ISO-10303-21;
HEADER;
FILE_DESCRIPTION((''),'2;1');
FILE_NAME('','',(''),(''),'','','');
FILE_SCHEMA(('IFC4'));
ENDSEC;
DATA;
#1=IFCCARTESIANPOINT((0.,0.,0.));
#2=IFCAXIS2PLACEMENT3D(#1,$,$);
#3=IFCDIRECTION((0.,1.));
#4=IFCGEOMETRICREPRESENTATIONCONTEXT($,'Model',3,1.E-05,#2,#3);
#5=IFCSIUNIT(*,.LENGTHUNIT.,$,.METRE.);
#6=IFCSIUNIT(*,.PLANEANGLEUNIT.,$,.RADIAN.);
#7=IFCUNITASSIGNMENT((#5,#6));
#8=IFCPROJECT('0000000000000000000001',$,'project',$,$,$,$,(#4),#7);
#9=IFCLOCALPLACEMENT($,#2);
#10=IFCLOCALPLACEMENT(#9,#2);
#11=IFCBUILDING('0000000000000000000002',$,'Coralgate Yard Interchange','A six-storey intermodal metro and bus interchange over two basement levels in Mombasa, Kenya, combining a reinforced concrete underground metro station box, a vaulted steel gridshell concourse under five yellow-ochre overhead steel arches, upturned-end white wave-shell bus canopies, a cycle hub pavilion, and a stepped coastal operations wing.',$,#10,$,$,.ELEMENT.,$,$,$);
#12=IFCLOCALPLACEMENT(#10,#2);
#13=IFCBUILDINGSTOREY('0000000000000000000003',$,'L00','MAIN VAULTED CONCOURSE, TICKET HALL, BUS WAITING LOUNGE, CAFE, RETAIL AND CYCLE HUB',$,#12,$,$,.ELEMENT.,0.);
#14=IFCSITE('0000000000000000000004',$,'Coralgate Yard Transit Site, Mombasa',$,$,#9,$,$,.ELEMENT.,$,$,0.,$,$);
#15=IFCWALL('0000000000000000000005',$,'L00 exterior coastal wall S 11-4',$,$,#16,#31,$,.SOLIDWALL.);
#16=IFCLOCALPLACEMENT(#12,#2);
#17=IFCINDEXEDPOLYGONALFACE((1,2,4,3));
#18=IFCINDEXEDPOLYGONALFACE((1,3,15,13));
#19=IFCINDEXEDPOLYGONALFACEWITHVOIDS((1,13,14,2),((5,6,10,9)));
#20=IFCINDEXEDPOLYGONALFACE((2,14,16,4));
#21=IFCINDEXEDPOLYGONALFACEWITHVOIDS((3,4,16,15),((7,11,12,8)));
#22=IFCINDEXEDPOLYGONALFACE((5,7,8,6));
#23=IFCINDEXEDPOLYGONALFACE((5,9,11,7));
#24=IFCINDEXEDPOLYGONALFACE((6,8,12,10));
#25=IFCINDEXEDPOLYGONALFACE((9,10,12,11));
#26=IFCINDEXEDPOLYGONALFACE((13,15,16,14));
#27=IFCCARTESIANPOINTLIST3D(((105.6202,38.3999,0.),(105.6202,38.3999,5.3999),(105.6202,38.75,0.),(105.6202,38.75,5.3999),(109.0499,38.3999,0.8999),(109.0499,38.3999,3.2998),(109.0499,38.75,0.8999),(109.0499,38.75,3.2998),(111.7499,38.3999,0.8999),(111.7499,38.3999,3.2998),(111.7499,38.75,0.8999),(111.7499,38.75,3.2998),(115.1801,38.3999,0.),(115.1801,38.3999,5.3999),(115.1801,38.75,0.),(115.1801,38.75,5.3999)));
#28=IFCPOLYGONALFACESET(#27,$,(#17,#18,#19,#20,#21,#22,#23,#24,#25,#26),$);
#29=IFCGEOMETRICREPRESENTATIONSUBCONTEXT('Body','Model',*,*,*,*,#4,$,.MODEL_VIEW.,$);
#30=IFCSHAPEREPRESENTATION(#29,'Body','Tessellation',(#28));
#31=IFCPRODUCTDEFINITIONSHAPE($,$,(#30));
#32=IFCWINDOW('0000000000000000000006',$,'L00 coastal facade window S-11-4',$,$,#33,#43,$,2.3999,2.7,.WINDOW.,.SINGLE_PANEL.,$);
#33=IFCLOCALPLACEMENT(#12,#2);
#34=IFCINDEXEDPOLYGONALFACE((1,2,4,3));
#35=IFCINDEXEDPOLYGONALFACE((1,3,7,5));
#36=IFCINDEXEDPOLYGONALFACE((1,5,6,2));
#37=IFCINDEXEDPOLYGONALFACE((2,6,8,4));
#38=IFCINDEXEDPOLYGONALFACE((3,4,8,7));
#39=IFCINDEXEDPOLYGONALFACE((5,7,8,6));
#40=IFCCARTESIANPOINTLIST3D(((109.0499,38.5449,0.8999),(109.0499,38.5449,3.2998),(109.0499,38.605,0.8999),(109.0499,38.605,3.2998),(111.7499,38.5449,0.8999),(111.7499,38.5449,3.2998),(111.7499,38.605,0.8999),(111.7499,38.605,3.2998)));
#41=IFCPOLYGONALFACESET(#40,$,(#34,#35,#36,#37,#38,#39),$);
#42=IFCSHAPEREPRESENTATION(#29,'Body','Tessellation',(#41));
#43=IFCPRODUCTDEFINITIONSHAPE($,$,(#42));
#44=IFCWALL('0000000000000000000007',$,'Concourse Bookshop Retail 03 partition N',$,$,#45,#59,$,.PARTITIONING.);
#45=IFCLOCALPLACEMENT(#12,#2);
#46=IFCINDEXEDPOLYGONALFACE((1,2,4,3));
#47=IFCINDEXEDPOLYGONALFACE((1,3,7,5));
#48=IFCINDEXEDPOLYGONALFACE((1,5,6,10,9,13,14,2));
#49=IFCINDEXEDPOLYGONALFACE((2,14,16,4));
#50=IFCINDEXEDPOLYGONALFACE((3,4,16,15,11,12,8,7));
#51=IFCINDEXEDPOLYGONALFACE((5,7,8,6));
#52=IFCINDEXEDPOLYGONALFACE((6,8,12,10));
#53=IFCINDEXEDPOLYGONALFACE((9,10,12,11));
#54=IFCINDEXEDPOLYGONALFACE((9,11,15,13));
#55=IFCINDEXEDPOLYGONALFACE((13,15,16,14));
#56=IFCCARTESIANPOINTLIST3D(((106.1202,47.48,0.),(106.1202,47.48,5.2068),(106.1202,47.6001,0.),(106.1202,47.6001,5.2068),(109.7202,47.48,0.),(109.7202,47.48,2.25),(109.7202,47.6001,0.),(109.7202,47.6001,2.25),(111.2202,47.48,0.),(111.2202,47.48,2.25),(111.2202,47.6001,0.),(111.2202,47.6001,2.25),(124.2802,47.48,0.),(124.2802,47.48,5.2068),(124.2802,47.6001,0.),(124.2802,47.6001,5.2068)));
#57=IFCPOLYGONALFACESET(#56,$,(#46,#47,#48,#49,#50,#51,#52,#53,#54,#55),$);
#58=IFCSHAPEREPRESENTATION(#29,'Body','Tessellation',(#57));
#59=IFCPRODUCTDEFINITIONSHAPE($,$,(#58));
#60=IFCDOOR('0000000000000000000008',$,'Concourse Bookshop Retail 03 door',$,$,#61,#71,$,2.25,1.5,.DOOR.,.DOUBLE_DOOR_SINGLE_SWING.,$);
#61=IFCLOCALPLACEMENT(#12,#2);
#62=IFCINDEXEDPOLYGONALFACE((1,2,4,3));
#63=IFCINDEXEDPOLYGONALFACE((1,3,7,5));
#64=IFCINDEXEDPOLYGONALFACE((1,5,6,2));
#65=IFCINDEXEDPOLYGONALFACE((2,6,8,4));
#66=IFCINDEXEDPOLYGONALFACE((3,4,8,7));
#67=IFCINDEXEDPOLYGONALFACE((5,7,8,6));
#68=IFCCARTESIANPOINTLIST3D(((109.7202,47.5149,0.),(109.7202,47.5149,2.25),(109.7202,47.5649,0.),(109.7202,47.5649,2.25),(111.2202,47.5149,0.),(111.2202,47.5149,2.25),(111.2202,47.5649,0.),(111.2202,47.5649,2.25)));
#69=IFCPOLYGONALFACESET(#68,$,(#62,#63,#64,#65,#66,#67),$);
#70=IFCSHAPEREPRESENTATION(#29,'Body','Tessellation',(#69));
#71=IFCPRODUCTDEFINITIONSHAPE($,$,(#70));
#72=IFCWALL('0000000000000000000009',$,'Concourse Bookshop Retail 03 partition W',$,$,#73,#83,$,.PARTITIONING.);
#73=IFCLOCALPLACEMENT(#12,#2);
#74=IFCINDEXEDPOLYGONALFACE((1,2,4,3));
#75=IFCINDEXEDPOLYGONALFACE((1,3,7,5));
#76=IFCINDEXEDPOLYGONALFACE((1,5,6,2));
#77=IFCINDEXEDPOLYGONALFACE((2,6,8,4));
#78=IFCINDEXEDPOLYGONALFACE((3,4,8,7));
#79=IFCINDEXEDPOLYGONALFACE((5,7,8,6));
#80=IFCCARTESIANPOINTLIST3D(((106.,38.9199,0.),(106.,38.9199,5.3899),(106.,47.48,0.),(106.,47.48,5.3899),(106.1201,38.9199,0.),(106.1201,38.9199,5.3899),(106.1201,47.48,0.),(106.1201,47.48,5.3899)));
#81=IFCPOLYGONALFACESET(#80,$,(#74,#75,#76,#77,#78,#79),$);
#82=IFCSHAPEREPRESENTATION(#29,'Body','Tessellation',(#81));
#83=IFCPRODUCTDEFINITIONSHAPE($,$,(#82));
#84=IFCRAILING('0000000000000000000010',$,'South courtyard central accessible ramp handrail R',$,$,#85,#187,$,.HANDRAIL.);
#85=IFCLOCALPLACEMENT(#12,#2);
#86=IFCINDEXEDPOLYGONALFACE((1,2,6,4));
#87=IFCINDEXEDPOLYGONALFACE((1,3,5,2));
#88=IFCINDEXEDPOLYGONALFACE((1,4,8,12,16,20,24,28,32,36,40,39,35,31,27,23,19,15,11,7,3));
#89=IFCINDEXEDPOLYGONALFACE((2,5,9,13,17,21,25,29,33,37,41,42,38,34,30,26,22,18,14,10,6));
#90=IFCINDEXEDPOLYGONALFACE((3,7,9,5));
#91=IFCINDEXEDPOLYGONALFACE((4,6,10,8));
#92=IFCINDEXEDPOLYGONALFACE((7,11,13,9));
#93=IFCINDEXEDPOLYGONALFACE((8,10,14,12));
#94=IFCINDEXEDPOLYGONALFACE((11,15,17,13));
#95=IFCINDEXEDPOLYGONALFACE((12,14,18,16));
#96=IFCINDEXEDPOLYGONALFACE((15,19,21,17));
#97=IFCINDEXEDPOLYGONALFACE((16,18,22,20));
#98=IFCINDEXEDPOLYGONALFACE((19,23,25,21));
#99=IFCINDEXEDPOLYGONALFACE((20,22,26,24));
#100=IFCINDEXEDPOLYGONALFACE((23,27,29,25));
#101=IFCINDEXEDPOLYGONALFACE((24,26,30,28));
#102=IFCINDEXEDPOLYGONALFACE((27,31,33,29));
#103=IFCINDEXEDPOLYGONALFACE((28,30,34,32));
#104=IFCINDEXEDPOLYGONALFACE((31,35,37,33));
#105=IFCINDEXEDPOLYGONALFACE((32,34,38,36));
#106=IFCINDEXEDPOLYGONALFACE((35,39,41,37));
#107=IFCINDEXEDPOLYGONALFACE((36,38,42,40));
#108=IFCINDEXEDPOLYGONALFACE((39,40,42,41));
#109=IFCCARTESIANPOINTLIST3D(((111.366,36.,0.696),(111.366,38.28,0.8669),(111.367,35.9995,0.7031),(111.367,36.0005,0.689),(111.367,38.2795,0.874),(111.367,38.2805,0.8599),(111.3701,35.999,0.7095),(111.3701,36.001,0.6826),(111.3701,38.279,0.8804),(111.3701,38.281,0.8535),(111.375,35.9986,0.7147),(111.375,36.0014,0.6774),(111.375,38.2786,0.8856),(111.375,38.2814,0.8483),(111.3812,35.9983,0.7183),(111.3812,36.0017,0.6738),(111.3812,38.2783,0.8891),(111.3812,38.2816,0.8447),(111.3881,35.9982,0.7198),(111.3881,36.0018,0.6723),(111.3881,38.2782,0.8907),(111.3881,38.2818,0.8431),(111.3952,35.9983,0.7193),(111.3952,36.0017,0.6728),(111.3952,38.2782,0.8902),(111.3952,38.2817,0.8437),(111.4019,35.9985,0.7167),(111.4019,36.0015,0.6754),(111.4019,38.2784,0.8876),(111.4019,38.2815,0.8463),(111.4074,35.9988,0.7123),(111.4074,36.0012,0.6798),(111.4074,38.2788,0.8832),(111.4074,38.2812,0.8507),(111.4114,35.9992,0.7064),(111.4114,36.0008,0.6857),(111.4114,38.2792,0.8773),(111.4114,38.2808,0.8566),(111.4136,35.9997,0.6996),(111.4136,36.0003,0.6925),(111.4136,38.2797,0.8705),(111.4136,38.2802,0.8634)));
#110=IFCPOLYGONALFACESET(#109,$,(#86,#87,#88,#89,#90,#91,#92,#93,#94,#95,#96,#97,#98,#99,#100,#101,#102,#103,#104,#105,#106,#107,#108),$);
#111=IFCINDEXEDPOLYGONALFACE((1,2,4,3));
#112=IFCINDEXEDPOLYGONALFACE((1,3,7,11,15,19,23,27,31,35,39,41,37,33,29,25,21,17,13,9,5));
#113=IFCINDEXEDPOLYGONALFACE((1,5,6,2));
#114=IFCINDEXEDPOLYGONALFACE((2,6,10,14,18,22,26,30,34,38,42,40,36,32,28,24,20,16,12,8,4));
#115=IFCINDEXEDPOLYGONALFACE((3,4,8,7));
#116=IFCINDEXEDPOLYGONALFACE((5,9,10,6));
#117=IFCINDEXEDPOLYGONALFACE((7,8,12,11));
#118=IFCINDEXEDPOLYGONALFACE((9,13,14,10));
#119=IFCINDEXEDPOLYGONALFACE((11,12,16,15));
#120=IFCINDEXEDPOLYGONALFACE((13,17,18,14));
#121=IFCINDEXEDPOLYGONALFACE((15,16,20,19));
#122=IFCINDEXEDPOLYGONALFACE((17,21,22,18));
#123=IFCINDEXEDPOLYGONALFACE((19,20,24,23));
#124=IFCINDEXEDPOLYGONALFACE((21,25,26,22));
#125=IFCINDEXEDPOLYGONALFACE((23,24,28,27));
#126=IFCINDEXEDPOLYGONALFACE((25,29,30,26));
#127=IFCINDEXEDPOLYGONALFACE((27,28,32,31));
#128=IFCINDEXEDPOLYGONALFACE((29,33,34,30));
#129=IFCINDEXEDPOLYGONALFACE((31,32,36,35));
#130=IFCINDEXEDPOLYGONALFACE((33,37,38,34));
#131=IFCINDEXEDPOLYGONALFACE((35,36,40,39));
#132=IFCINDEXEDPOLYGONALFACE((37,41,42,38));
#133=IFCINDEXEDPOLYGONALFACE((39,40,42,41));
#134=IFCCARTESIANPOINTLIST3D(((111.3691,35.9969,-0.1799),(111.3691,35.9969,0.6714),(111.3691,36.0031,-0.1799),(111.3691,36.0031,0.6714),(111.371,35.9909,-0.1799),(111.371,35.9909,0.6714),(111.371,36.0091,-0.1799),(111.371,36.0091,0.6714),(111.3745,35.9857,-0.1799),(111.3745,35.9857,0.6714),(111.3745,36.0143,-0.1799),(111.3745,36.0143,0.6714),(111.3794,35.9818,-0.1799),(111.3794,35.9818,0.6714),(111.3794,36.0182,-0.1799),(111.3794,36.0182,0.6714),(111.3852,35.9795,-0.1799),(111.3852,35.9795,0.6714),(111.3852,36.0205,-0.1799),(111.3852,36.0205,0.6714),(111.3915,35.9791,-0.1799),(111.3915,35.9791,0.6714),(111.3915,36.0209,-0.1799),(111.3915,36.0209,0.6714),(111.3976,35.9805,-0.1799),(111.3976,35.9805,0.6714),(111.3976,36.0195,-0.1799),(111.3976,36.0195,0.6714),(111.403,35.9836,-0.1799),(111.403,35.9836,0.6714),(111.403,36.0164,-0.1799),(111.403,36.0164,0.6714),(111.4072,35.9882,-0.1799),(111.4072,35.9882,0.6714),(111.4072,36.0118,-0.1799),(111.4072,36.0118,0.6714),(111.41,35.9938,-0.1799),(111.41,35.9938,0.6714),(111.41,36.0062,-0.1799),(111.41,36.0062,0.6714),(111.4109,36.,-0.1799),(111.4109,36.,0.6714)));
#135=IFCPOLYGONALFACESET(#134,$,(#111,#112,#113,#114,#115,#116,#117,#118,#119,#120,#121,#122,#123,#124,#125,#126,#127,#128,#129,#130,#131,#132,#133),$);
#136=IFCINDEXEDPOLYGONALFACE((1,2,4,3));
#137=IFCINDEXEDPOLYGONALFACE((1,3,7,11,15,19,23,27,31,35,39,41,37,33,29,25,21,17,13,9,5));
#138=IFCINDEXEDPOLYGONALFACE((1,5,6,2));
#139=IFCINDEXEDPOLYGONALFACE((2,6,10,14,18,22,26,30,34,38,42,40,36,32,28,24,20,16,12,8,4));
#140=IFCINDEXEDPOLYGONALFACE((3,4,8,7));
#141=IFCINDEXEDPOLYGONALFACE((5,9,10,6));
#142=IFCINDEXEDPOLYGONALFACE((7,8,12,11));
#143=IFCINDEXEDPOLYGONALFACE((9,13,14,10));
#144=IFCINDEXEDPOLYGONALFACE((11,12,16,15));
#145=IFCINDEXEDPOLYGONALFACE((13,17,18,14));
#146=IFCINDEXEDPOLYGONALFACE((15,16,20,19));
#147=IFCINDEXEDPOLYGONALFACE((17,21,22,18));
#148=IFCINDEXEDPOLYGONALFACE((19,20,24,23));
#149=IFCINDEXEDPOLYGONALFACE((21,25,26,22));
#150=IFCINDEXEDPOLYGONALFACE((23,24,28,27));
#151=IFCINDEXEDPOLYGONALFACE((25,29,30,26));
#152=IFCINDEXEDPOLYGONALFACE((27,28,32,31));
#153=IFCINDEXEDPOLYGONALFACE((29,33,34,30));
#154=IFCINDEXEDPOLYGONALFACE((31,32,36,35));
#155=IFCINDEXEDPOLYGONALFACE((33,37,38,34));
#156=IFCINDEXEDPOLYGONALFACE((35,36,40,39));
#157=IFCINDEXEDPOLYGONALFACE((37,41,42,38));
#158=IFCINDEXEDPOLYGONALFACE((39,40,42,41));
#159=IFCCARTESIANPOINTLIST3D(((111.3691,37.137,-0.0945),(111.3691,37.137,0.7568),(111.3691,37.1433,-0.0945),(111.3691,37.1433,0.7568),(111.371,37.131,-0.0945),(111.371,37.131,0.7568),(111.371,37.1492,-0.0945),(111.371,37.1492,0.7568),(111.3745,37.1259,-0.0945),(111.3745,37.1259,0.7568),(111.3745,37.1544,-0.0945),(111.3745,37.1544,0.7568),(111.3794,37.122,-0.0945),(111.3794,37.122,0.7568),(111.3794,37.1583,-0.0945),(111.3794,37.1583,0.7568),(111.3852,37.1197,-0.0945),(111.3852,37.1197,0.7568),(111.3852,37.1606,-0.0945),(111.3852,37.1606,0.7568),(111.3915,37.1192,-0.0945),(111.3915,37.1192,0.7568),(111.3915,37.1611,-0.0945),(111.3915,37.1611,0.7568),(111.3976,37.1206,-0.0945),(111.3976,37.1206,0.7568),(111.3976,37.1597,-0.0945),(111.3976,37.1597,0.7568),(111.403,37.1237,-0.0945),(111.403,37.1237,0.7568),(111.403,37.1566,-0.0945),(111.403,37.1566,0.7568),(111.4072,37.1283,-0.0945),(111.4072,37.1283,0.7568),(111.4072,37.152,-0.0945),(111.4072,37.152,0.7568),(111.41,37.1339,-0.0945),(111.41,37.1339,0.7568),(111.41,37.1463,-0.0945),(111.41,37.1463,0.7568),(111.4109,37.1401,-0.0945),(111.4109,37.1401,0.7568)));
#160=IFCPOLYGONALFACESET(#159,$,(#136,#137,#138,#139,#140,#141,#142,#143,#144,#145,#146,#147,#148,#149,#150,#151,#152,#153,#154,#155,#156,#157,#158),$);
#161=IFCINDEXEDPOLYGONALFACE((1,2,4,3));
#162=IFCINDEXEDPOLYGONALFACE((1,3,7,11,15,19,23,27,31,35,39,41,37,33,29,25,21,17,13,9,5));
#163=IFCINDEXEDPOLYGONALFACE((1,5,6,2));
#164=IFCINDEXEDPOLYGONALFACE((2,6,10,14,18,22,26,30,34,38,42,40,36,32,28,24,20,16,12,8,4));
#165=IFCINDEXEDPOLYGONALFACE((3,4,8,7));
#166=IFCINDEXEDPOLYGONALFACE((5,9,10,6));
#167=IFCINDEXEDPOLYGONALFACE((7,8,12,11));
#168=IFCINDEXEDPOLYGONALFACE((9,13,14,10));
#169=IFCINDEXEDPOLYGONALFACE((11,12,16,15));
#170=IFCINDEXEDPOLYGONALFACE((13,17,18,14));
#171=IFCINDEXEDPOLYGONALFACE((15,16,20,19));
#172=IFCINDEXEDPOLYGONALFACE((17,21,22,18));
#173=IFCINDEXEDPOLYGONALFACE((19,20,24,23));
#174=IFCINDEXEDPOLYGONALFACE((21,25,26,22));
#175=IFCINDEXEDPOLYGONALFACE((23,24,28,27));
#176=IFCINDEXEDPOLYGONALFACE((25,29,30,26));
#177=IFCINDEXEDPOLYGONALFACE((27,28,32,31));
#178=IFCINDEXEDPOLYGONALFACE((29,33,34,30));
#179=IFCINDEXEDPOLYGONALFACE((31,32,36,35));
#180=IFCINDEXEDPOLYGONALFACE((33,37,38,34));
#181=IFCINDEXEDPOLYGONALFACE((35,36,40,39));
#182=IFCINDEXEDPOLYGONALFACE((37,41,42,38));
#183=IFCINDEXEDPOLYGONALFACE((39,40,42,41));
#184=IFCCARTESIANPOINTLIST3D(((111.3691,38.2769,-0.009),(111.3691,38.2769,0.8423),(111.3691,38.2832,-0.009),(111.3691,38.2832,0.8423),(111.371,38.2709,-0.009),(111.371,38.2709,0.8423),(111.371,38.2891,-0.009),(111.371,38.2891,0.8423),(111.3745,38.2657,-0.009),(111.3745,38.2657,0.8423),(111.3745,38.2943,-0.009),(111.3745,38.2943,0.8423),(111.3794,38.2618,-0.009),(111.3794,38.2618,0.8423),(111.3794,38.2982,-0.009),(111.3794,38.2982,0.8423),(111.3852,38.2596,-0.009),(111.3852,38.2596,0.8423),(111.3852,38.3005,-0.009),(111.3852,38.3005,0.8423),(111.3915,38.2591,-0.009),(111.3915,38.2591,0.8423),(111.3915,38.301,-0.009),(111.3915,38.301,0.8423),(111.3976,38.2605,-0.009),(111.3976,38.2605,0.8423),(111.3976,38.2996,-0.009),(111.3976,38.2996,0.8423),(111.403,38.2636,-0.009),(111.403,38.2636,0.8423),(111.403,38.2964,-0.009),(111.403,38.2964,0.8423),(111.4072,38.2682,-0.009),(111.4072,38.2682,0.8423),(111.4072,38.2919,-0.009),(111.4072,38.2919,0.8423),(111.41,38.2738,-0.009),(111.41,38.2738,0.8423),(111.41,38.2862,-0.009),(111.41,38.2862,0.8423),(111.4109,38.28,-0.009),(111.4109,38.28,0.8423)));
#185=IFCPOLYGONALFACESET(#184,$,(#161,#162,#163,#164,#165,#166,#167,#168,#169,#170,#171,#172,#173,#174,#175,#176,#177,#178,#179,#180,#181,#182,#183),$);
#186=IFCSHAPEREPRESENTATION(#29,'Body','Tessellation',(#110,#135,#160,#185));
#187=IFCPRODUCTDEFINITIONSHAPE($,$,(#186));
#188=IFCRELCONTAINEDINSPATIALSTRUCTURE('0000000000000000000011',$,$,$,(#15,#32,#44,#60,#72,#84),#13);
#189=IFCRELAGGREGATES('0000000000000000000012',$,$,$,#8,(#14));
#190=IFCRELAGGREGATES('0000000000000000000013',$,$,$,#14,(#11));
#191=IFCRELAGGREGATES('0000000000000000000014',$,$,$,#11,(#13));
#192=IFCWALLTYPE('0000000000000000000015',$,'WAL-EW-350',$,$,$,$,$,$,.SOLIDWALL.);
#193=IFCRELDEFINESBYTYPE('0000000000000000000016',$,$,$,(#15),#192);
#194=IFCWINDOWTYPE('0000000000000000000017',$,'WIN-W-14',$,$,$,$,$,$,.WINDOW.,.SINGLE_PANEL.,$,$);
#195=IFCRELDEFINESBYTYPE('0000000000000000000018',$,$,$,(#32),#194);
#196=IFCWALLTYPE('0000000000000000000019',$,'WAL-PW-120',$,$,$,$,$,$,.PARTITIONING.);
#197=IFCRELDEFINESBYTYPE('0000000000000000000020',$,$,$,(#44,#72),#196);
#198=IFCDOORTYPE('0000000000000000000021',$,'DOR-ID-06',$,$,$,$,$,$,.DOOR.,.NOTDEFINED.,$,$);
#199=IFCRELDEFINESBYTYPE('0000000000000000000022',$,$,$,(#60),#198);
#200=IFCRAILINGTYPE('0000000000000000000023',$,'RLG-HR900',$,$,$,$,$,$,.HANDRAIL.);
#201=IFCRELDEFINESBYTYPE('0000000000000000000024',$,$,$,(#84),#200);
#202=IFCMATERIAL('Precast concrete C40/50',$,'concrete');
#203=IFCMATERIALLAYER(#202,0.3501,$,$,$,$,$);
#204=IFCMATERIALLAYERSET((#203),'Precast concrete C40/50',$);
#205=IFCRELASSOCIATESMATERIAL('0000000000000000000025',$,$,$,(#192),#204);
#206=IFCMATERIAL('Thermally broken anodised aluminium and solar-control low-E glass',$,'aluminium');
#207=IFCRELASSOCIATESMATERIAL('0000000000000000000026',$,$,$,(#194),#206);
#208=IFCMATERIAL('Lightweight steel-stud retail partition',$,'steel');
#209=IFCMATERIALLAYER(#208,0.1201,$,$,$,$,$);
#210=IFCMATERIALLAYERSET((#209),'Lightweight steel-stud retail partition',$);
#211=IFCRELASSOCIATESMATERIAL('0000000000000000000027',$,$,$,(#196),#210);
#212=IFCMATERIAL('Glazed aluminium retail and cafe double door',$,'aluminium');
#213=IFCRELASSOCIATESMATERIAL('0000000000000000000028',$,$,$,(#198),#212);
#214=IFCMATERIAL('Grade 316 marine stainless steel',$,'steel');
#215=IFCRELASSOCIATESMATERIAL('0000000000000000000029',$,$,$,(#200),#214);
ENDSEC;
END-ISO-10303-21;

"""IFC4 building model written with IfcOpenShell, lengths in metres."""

from ifc_helpers import new_model, si_unit, direction, frame, frame_2d, origin, origin_2d, place, context, subcontext, project, spatial, rectangle, circle, extrude, material, layer, layer_set, type_object, element, fill, save


model = new_model("IFC4")

# Units and contexts
model_context = context("Model", 3, precision=1e-05, world=origin(), true_north=direction((0.0, 1.0)))
body_context = subcontext(model_context, "Body", "Model", "MODEL_VIEW")
ifc_project = project(units=[si_unit("LENGTHUNIT", "METRE"), si_unit("PLANEANGLEUNIT", "RADIAN")], contexts=[model_context])

# Site, building, storey
site_placement = place(None, origin())
site = spatial("IfcSite", under=ifc_project, at=site_placement, Name="Coralgate Yard Transit Site, Mombasa", CompositionType="ELEMENT", RefElevation=0.0)
building_placement = place(site_placement, origin())
building = spatial("IfcBuilding", under=site, at=building_placement, Name="Coralgate Yard Interchange", Description="A six-storey intermodal metro and bus interchange over two basement levels in Mombasa, Kenya, combining a reinforced concrete underground metro station box, a vaulted steel gridshell concourse under five yellow-ochre overhead steel arches, upturned-end white wave-shell bus canopies, a cycle hub pavilion, and a stepped coastal operations wing.", CompositionType="ELEMENT")
storey_placement = place(building_placement, origin())
storey = spatial("IfcBuildingStorey", under=building, at=storey_placement, Name="L00", Description="MAIN VAULTED CONCOURSE, TICKET HALL, BUS WAITING LOUNGE, CAFE, RETAIL AND CYCLE HUB", CompositionType="ELEMENT", Elevation=0.0)

# Wall, opening, window
ifc_material_1 = material(Name="Precast concrete C40/50", Category="concrete")
ifc_layer_1 = layer(ifc_material_1, 0.3501)
ifc_layer_set_1 = layer_set([ifc_layer_1], Name="Precast concrete C40/50")
wall_type_1 = type_object("IfcWallType", Name="WAL-EW-350", PredefinedType="SOLIDWALL", material=ifc_layer_set_1)
wall_1_placement = place(storey_placement, frame((115.1799, 38.575, 0.0), z_axis=(0.0, 0.0, 1.0), x_axis=(-1.0, 0.0, 0.0)))
wall_1 = element("IfcWall", 1, at=wall_1_placement, inside=storey, type_object=wall_type_1, Name="L00 exterior coastal wall S 11-4", PredefinedType="SOLIDWALL", context=body_context, shape_type="SweptSolid", body=[
    extrude(rectangle(XDim=9.5598, YDim=0.3501, at=frame_2d((4.7798, 0.0))), origin(), (0.0, 0.0, 1.0), 5.3999),
])
opening_1_placement = place(wall_1_placement, frame((3.4299, 0.0, 0.8999)))
opening_1 = element("IfcOpeningElement", 2, at=opening_1_placement, cuts=wall_1, PredefinedType="OPENING", context=body_context, shape_type="SweptSolid", body=[
    extrude(rectangle(XDim=2.7, YDim=2.3999, at=frame_2d((1.3501, 1.2))), frame((0.0, 0.1851, 0.0), z_axis=(0.0, -1.0, 0.0), x_axis=(1.0, 0.0, 0.0)), (0.0, 0.0, 1.0), 0.3701),
])
ifc_material_2 = material(Name="Thermally broken anodised aluminium and solar-control low-E glass", Category="aluminium")
window_type = type_object("IfcWindowType", Name="WIN-W-14", PartitioningType="SINGLE_PANEL", PredefinedType="WINDOW", material=ifc_material_2)
window_placement = place(opening_1_placement, origin())
window = element("IfcWindow", 3, at=window_placement, inside=storey, type_object=window_type, Name="L00 coastal facade window S-11-4", OverallHeight=2.3999, OverallWidth=2.7, PartitioningType="SINGLE_PANEL", PredefinedType="WINDOW", context=body_context, shape_type="SweptSolid", body=[
    extrude(rectangle(XDim=2.7, YDim=2.3999, at=frame_2d((1.3501, 1.2))), frame((0.0, 0.03, 0.0), z_axis=(0.0, -1.0, 0.0), x_axis=(1.0, 0.0, 0.0)), (0.0, 0.0, 1.0), 0.0601),
])
fill(opening_1, window)

# Wall, opening, door
ifc_material_3 = material(Name="Lightweight steel-stud retail partition", Category="steel")
ifc_layer_2 = layer(ifc_material_3, 0.1201)
ifc_layer_set_2 = layer_set([ifc_layer_2], Name="Lightweight steel-stud retail partition")
wall_type_2 = type_object("IfcWallType", Name="WAL-PW-120", PredefinedType="PARTITIONING", material=ifc_layer_set_2)
wall_2_placement = place(storey_placement, frame((106.1201, 47.54, 0.0), z_axis=(0.0, 0.0, 1.0), x_axis=(1.0, 0.0, 0.0)))
wall_2 = element("IfcWall", 4, at=wall_2_placement, inside=storey, type_object=wall_type_2, Name="Concourse Bookshop Retail 03 partition N", PredefinedType="PARTITIONING", context=body_context, shape_type="SweptSolid", body=[
    extrude(rectangle(XDim=18.1599, YDim=0.1201, at=frame_2d((9.0801, 0.0))), origin(), (0.0, 0.0, 1.0), 5.2068),
])
opening_2_placement = place(wall_2_placement, frame((3.6001, 0.0, 0.0)))
opening_2 = element("IfcOpeningElement", 5, at=opening_2_placement, cuts=wall_2, PredefinedType="OPENING", context=body_context, shape_type="SweptSolid", body=[
    extrude(rectangle(XDim=1.5, YDim=2.25, at=frame_2d((0.75, 1.125))), frame((0.0, 0.0701, 0.0), z_axis=(0.0, -1.0, 0.0), x_axis=(1.0, 0.0, 0.0)), (0.0, 0.0, 1.0), 0.1401),
])
ifc_material_4 = material(Name="Glazed aluminium retail and cafe double door", Category="aluminium")
door_type = type_object("IfcDoorType", Name="DOR-ID-06", OperationType="NOTDEFINED", PredefinedType="DOOR", material=ifc_material_4)
door_placement = place(opening_2_placement, origin())
door = element("IfcDoor", 6, at=door_placement, inside=storey, type_object=door_type, Name="Concourse Bookshop Retail 03 door", OperationType="DOUBLE_DOOR_SINGLE_SWING", OverallHeight=2.25, OverallWidth=1.5, PredefinedType="DOOR", context=body_context, shape_type="SweptSolid", body=[
    extrude(rectangle(XDim=1.5, YDim=2.25, at=frame_2d((0.75, 1.125))), frame((0.0, 0.0249, 0.0), z_axis=(0.0, -1.0, 0.0), x_axis=(1.0, 0.0, 0.0)), (0.0, 0.0, 1.0), 0.05),
])
fill(opening_2, door)

# Wall
wall_3_placement = place(storey_placement, frame((106.0601, 38.9199, 0.0), z_axis=(0.0, 0.0, 1.0), x_axis=(0.0, 1.0, 0.0)))
element("IfcWall", 7, at=wall_3_placement, inside=storey, type_object=wall_type_2, Name="Concourse Bookshop Retail 03 partition W", PredefinedType="PARTITIONING", context=body_context, shape_type="SweptSolid", body=[
    extrude(rectangle(XDim=8.5601, YDim=0.1201, at=frame_2d((4.28, 0.0))), origin(), (0.0, 0.0, 1.0), 5.3899),
])

# Railing
ifc_material_5 = material(Name="Grade 316 marine stainless steel", Category="steel")
railing_type = type_object("IfcRailingType", Name="RLG-HR900", PredefinedType="HANDRAIL", material=ifc_material_5)
railing_placement = place(storey_placement, frame((111.3899, 36.0, -0.1799)))
element("IfcRailing", 8, at=railing_placement, inside=storey, type_object=railing_type, Name="South courtyard central accessible ramp handrail R", PredefinedType="HANDRAIL", context=body_context, shape_type="SweptSolid", body=[
    extrude(circle(Radius=0.0239, at=origin_2d()), frame((0.0, 0.0, 0.876), z_axis=(0.0, 0.997203, 0.074745), x_axis=(-1.0, 0.0, 0.0)), (0.0, 0.0, 1.0), 2.2864),
    extrude(circle(Radius=0.021, at=origin_2d()), origin(), (0.0, 0.0, 1.0), 0.8513),
    extrude(circle(Radius=0.021, at=origin_2d()), frame((0.0, 1.1401, 0.0854)), (0.0, 0.0, 1.0), 0.8513),
    extrude(circle(Radius=0.021, at=origin_2d()), frame((0.0, 2.28, 0.1709)), (0.0, 0.0, 1.0), 0.8513),
])

save(model, "model.ifc")
